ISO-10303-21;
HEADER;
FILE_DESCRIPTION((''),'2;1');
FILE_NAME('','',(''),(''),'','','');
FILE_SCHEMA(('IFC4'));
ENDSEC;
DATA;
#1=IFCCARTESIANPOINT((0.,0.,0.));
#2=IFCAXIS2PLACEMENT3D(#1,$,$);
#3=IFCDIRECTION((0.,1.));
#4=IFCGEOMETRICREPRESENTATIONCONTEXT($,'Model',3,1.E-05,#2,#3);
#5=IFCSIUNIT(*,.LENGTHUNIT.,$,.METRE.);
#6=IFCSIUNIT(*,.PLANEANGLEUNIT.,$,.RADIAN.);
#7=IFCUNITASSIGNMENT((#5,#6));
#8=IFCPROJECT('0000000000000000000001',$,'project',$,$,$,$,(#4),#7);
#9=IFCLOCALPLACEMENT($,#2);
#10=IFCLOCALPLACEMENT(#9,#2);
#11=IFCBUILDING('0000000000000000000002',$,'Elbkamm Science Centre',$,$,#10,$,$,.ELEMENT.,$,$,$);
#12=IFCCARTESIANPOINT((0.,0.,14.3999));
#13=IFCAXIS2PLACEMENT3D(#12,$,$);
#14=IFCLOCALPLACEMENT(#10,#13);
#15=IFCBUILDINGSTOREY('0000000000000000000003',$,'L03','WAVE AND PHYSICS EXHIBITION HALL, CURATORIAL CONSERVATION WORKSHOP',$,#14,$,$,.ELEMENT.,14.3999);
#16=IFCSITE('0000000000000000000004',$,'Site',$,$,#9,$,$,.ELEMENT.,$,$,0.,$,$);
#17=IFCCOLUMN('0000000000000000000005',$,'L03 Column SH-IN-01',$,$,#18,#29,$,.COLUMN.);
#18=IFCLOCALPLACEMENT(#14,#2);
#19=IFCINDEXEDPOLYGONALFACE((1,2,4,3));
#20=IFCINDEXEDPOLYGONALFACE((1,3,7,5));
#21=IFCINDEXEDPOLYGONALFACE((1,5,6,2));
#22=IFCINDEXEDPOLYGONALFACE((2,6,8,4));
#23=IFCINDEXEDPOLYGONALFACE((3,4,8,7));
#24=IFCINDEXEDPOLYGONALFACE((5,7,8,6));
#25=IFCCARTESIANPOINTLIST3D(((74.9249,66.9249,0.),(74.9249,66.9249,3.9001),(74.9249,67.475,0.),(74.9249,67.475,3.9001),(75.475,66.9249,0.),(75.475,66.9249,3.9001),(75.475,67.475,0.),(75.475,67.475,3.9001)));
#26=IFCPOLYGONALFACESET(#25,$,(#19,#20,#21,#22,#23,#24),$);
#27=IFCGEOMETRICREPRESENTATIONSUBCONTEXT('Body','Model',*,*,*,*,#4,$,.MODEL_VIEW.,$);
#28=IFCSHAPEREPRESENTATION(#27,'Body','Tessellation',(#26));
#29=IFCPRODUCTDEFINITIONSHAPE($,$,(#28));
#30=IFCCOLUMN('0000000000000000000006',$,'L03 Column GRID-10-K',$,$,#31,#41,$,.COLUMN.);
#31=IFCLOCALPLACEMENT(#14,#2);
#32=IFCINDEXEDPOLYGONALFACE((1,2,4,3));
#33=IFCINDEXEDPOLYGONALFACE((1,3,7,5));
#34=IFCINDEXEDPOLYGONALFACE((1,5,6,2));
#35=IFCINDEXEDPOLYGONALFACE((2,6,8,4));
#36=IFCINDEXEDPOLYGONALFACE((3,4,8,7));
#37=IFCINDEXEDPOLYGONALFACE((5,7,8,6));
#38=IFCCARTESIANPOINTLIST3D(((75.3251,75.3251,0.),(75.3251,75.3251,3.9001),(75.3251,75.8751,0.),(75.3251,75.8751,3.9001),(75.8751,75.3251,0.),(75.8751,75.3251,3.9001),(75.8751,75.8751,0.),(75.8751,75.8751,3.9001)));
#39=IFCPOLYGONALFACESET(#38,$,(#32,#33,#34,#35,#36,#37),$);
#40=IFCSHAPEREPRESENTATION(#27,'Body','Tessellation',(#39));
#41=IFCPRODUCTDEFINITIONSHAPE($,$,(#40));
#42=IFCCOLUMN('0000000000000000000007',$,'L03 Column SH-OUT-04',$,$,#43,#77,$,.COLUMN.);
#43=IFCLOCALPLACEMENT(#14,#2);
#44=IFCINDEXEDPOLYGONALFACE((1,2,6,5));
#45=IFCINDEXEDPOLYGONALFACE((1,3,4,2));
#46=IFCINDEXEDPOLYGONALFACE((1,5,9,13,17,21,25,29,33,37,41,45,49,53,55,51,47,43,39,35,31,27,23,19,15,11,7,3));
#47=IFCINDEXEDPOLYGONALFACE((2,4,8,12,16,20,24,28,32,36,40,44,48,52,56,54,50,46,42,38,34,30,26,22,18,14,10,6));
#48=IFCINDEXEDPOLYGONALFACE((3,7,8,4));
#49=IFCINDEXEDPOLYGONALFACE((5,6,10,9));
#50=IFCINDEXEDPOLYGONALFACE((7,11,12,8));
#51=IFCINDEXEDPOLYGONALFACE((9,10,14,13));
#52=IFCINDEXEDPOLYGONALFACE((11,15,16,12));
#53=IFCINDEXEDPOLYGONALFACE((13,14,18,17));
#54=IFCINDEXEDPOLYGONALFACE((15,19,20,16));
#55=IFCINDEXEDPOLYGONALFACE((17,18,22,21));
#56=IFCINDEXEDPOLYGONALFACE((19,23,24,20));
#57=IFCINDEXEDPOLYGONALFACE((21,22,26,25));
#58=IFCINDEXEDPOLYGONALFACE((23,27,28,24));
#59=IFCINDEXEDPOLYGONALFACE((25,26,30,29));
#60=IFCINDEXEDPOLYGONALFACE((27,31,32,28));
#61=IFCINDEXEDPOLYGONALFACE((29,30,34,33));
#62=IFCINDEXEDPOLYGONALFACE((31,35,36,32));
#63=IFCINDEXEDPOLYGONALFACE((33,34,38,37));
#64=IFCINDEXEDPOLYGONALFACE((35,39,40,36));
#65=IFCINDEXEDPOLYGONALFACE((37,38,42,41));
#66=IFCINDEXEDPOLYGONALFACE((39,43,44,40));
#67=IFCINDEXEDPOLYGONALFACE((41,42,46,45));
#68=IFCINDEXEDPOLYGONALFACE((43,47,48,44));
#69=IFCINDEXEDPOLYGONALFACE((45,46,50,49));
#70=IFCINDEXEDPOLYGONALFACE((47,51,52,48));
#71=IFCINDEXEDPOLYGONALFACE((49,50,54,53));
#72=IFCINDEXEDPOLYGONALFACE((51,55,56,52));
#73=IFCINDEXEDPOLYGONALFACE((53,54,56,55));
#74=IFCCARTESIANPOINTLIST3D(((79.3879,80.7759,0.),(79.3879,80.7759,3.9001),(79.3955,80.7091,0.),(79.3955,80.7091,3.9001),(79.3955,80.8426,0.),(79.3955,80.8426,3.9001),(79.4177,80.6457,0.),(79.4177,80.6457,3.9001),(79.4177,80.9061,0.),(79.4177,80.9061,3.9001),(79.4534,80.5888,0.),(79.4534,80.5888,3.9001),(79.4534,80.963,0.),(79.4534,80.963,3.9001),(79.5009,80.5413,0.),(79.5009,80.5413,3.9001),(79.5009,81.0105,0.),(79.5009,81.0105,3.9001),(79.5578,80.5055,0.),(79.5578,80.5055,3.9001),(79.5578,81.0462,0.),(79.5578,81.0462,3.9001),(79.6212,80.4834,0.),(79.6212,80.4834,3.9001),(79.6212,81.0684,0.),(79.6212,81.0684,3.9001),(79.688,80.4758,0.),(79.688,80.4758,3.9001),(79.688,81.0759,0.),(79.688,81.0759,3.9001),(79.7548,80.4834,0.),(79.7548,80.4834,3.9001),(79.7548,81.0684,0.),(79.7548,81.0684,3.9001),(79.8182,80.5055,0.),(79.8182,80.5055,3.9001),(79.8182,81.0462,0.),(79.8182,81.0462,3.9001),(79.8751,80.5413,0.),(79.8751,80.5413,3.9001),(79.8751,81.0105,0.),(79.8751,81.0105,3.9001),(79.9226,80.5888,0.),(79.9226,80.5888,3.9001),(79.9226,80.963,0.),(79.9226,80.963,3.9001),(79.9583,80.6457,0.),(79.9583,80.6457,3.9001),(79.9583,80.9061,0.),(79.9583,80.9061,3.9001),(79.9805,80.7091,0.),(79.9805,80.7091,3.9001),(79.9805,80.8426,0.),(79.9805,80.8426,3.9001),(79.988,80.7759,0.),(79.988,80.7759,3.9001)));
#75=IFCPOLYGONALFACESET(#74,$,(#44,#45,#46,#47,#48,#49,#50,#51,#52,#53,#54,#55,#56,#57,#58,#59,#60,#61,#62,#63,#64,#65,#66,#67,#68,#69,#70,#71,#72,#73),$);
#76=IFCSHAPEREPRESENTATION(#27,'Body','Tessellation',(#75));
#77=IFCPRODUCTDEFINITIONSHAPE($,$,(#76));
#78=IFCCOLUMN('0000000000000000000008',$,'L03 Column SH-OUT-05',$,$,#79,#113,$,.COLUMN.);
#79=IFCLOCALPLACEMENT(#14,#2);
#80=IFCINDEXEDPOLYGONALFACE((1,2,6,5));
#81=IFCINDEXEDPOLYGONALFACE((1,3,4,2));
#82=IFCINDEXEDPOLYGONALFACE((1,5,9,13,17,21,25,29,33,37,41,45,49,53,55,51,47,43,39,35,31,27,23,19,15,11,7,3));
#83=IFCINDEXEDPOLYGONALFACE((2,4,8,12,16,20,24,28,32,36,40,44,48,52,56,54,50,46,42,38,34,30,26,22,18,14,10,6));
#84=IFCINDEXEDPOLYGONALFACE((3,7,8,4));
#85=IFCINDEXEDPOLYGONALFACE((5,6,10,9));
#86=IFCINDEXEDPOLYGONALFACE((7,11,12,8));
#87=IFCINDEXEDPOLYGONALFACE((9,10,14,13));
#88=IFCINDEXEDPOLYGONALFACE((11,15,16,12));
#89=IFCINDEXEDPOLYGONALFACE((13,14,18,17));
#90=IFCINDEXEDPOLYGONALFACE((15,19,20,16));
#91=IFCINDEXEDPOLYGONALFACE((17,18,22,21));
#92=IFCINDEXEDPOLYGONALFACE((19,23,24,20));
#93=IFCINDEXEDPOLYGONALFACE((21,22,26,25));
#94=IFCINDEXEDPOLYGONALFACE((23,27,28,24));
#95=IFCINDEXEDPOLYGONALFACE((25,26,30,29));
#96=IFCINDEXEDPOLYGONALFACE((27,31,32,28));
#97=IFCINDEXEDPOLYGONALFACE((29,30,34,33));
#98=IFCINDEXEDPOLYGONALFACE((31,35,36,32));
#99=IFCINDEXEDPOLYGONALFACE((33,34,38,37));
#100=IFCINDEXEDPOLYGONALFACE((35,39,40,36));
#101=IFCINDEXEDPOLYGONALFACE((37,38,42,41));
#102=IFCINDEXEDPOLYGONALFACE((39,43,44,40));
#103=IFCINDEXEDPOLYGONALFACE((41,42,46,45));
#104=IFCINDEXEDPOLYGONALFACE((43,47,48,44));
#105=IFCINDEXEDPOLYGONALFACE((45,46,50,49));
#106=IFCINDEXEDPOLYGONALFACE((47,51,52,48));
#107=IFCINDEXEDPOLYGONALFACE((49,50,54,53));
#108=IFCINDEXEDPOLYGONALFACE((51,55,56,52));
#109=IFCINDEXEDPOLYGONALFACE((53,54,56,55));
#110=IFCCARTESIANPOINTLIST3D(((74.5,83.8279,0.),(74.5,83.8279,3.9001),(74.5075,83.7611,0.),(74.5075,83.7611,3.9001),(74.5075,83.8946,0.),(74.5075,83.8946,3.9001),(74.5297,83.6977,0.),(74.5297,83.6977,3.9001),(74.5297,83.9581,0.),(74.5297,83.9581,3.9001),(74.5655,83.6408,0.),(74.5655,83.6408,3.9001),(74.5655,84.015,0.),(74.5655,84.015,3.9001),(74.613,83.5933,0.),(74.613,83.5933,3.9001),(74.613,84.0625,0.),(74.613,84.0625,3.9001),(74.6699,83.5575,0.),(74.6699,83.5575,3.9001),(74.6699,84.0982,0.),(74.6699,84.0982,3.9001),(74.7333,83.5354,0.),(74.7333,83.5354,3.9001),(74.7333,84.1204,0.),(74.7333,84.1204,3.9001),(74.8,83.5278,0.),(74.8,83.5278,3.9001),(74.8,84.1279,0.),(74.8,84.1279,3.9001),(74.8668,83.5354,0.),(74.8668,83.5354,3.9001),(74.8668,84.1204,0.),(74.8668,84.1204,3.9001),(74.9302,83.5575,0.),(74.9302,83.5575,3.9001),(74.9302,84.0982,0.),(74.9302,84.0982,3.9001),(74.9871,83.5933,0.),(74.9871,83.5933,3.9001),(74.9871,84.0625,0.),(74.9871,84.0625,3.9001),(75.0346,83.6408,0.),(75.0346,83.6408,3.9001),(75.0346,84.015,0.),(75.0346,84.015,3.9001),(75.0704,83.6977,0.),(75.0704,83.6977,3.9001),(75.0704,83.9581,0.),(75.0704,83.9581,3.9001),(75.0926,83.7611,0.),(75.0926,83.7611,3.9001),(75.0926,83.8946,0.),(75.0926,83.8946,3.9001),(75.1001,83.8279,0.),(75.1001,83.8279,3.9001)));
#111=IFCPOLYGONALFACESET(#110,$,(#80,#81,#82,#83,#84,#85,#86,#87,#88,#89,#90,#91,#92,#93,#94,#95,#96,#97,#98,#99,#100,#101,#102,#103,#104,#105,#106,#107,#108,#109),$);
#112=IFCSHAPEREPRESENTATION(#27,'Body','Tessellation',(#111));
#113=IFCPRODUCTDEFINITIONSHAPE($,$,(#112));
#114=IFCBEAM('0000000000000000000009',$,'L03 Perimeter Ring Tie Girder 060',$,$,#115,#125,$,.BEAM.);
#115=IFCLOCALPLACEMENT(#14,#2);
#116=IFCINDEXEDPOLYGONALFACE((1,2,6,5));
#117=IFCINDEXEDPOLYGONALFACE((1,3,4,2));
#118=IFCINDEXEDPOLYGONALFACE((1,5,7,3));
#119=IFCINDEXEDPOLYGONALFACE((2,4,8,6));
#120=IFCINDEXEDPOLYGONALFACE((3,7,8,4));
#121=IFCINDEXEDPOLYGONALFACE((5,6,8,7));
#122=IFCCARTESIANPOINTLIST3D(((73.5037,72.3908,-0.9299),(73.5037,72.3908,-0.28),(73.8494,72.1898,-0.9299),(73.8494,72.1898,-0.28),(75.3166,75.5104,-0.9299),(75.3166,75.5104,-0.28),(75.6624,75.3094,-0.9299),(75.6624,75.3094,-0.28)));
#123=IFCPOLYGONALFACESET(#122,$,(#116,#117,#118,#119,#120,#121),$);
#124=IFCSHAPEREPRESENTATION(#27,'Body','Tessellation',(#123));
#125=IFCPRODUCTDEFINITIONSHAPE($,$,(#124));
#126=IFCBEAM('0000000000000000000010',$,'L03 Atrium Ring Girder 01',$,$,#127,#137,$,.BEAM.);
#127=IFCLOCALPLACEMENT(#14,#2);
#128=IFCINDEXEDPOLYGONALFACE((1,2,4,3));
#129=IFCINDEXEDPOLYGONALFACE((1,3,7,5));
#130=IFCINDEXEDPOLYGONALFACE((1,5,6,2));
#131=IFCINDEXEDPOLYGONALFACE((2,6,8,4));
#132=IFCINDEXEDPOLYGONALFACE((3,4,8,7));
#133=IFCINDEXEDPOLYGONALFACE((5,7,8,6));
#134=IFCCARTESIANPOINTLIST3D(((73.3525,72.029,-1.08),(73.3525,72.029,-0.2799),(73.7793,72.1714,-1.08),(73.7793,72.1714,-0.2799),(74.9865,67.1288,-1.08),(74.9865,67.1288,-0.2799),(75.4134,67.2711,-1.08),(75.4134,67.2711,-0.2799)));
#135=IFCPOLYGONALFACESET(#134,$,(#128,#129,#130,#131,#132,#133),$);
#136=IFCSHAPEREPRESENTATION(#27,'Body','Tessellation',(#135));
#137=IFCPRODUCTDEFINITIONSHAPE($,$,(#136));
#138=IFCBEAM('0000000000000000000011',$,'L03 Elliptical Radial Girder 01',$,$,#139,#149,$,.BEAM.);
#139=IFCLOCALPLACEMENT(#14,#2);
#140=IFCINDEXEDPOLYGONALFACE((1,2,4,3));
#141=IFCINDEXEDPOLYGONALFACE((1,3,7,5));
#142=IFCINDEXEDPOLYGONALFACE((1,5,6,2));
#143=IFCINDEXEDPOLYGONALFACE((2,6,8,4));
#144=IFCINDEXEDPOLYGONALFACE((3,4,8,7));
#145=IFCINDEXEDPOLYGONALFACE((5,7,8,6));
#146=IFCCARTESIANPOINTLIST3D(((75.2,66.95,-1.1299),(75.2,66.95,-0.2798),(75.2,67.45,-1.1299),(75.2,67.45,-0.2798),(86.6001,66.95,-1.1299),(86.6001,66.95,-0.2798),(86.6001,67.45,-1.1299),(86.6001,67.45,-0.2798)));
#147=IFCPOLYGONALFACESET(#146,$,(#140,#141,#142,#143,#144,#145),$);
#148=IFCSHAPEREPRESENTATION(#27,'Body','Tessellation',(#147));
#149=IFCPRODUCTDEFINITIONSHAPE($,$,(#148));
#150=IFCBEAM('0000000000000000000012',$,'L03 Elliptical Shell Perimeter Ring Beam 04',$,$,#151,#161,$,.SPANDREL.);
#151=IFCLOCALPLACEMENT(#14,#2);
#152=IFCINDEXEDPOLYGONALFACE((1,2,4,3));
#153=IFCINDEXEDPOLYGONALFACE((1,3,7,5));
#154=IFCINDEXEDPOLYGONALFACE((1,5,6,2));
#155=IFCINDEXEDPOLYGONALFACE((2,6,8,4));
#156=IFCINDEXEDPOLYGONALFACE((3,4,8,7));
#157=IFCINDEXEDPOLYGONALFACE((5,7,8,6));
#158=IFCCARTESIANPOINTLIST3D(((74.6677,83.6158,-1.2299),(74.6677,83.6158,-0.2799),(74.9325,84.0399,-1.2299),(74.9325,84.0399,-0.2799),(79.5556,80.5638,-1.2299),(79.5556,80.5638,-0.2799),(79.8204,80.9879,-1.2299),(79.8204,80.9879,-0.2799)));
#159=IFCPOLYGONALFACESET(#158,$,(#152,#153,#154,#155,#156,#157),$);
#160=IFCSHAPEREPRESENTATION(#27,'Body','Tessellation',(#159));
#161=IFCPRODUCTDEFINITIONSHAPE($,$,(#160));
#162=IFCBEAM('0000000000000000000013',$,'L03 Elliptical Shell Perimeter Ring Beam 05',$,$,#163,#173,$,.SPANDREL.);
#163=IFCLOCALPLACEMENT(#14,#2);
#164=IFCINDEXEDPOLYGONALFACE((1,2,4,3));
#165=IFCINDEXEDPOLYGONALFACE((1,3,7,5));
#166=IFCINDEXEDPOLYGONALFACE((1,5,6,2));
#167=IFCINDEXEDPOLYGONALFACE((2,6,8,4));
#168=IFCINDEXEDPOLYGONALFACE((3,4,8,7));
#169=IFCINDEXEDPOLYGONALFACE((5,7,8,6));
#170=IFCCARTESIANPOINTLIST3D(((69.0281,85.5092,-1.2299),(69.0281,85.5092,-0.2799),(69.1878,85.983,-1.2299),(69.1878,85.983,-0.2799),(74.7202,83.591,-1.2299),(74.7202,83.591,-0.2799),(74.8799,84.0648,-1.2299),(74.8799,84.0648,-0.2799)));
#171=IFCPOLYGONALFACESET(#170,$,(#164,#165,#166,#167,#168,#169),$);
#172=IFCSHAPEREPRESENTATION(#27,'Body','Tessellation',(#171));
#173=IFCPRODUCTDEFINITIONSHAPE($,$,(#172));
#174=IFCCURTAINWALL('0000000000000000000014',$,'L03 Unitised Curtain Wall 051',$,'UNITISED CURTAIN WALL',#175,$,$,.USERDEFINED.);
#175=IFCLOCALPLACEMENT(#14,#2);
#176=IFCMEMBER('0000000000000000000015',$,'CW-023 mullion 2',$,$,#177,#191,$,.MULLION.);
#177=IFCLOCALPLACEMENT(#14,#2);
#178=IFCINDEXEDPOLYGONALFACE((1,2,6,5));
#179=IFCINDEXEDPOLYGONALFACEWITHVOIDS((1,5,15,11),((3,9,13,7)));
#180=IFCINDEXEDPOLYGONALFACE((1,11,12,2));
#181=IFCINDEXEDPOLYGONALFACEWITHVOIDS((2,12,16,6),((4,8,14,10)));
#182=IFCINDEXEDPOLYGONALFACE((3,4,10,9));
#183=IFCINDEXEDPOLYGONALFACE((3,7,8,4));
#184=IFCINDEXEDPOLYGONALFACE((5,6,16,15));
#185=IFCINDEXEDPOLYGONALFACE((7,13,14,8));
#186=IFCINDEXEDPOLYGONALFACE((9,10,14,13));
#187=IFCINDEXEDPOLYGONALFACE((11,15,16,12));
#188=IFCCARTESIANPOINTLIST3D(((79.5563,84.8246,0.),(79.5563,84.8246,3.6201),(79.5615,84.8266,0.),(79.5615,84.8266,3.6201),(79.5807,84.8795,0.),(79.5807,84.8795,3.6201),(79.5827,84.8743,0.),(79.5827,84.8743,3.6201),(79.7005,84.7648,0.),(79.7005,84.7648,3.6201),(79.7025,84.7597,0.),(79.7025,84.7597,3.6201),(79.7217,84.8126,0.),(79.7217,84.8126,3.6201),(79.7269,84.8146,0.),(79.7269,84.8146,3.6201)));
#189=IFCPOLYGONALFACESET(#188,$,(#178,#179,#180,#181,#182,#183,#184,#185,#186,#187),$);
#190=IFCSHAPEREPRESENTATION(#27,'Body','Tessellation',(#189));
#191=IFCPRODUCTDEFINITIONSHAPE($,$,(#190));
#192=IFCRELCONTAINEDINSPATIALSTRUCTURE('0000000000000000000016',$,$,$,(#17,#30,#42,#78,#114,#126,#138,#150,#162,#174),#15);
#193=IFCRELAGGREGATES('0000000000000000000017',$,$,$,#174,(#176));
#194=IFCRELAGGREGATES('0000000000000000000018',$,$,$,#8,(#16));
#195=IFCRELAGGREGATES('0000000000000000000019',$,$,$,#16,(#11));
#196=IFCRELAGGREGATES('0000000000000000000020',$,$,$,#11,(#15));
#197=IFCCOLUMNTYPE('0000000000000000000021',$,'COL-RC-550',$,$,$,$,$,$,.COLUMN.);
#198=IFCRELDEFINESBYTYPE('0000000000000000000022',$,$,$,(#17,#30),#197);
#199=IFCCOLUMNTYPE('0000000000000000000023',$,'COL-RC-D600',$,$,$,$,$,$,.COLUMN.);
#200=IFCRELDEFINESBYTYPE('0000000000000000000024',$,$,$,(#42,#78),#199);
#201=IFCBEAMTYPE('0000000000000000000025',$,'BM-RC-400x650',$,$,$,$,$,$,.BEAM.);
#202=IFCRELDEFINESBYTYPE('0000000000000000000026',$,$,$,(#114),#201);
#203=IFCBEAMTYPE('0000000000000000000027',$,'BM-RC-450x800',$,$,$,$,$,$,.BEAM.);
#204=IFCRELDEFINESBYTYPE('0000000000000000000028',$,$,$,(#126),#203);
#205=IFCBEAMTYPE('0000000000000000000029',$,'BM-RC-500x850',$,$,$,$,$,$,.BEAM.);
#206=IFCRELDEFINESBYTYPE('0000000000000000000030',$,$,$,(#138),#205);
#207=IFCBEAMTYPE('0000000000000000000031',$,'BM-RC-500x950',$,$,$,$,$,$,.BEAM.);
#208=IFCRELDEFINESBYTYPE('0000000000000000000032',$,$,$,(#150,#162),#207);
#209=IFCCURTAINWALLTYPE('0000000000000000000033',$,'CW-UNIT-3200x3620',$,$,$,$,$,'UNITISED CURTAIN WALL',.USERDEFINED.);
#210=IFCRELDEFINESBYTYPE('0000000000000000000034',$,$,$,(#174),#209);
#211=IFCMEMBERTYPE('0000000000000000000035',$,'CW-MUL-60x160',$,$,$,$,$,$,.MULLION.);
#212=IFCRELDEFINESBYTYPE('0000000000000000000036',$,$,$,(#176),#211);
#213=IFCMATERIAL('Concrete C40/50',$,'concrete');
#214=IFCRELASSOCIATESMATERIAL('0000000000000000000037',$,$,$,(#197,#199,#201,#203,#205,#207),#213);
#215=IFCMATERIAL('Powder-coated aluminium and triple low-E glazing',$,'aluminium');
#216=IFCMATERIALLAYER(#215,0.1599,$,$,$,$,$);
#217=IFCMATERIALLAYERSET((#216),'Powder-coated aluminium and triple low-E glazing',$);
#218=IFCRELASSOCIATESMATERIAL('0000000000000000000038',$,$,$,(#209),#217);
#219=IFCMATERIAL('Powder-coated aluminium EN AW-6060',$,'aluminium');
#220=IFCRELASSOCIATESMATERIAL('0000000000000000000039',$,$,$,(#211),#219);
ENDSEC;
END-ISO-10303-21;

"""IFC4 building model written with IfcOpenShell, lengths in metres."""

from ifc_helpers import new_model, si_unit, direction, frame, origin, origin_2d, place, context, subcontext, project, spatial, rectangle, hollow_rectangle, circle, extrude, material, layer, layer_set, material_profile, profile_set, type_object, element, aggregate, save


model = new_model("IFC4")

# Units and contexts
model_context = context("Model", 3, precision=1e-05, world=origin(), true_north=direction((0.0, 1.0)))
body_context = subcontext(model_context, "Body", "Model", "MODEL_VIEW")
ifc_project = project(units=[si_unit("LENGTHUNIT", "METRE"), si_unit("PLANEANGLEUNIT", "RADIAN")], contexts=[model_context])

# Site, building, storey
site_placement = place(None, origin())
site = spatial("IfcSite", under=ifc_project, at=site_placement, Name="Site", CompositionType="ELEMENT", RefElevation=0.0)
building_placement = place(site_placement, origin())
building = spatial("IfcBuilding", under=site, at=building_placement, Name="Elbkamm Science Centre", CompositionType="ELEMENT")
storey_placement = place(building_placement, frame((0.0, 0.0, 14.3999)))
storey = spatial("IfcBuildingStorey", under=building, at=storey_placement, Name="L03", Description="WAVE AND PHYSICS EXHIBITION HALL, CURATORIAL CONSERVATION WORKSHOP", CompositionType="ELEMENT", Elevation=14.3999)

# Columns
ifc_material_1 = material(Name="Concrete C40/50", Category="concrete")
ifc_material_profile_1 = material_profile(ifc_material_1, rectangle(XDim=0.55, YDim=0.55, at=origin_2d()), Name="RC 550x550")
ifc_profile_set_1 = profile_set([ifc_material_profile_1], Name="Concrete C40/50")
column_type_1 = type_object("IfcColumnType", Name="COL-RC-550", PredefinedType="COLUMN", material=ifc_profile_set_1)
for number, where, z_axis, x_axis, name in (
    (1, (75.2, 67.2, 0.0), (0.0, 0.0, 1.0), (1.0, 0.0, 0.0), "L03 Column SH-IN-01"),
    (2, (75.6001, 75.6001, 0.0), (0.0, 0.0, 1.0), (1.0, 0.0, 0.0), "L03 Column GRID-10-K"),
):
    element("IfcColumn", number, at=place(storey_placement, frame(where, z_axis=z_axis, x_axis=x_axis)), inside=storey, type_object=column_type_1, Name=name, PredefinedType="COLUMN", context=body_context, shape_type="SweptSolid", body=[
        extrude(rectangle(XDim=0.55, YDim=0.55, at=origin_2d()), origin(), (0.0, 0.0, 1.0), 3.9001),
    ])
ifc_material_profile_2 = material_profile(ifc_material_1, circle(Radius=0.3, at=origin_2d()), Name="RC D600")
ifc_profile_set_2 = profile_set([ifc_material_profile_2], Name="Concrete C40/50")
column_type_2 = type_object("IfcColumnType", Name="COL-RC-D600", PredefinedType="COLUMN", material=ifc_profile_set_2)
for number, where, z_axis, x_axis, name in (
    (3, (79.688, 80.7759, 0.0), (0.0, 0.0, 1.0), (1.0, 0.0, 0.0), "L03 Column SH-OUT-04"),
    (4, (74.8, 83.8279, 0.0), (0.0, 0.0, 1.0), (1.0, 0.0, 0.0), "L03 Column SH-OUT-05"),
):
    element("IfcColumn", number, at=place(storey_placement, frame(where, z_axis=z_axis, x_axis=x_axis)), inside=storey, type_object=column_type_2, Name=name, PredefinedType="COLUMN", context=body_context, shape_type="SweptSolid", body=[
        extrude(circle(Radius=0.3, at=origin_2d()), origin(), (0.0, 0.0, 1.0), 3.9001),
    ])

# Beams
ifc_material_profile_3 = material_profile(ifc_material_1, rectangle(XDim=0.3999, YDim=0.6499, at=origin_2d()), Name="RC 400x650")
ifc_profile_set_3 = profile_set([ifc_material_profile_3], Name="Concrete C40/50")
beam_type_1 = type_object("IfcBeamType", Name="BM-RC-400x650", PredefinedType="BEAM", material=ifc_profile_set_3)
beam_1_placement = place(storey_placement, frame((75.4895, 75.4099, -0.605), z_axis=(-0.502465, -0.864597, 0.0), x_axis=(0.864597, -0.502465, 0.0)))
element("IfcBeam", 5, at=beam_1_placement, inside=storey, type_object=beam_type_1, Name="L03 Perimeter Ring Tie Girder 060", PredefinedType="BEAM", context=body_context, shape_type="SweptSolid", body=[
    extrude(rectangle(XDim=0.3999, YDim=0.6499, at=origin_2d()), origin(), (0.0, 0.0, 1.0), 3.6082),
])
ifc_material_profile_4 = material_profile(ifc_material_1, rectangle(XDim=0.45, YDim=0.8, at=origin_2d()), Name="RC 450x800")
ifc_profile_set_4 = profile_set([ifc_material_profile_4], Name="Concrete C40/50")
beam_type_2 = type_object("IfcBeamType", Name="BM-RC-450x800", PredefinedType="BEAM", material=ifc_profile_set_4)
beam_2_placement = place(storey_placement, frame((75.2, 67.2, -0.6799), z_axis=(-0.316341, 0.948645, 0.0), x_axis=(-0.948645, -0.316341, 0.0)))
element("IfcBeam", 6, at=beam_2_placement, inside=storey, type_object=beam_type_2, Name="L03 Atrium Ring Girder 01", PredefinedType="BEAM", context=body_context, shape_type="SweptSolid", body=[
    extrude(rectangle(XDim=0.45, YDim=0.8, at=origin_2d()), origin(), (0.0, 0.0, 1.0), 5.1655),
])
ifc_material_profile_5 = material_profile(ifc_material_1, rectangle(XDim=0.5, YDim=0.8501, at=origin_2d()), Name="RC 500x850")
ifc_profile_set_5 = profile_set([ifc_material_profile_5], Name="Concrete C40/50")
beam_type_3 = type_object("IfcBeamType", Name="BM-RC-500x850", PredefinedType="BEAM", material=ifc_profile_set_5)
beam_3_placement = place(storey_placement, frame((75.2, 67.2, -0.7048), z_axis=(1.0, 0.0, 0.0), x_axis=(0.0, 1.0, 0.0)))
element("IfcBeam", 7, at=beam_3_placement, inside=storey, type_object=beam_type_3, Name="L03 Elliptical Radial Girder 01", PredefinedType="BEAM", context=body_context, shape_type="SweptSolid", body=[
    extrude(rectangle(XDim=0.5, YDim=0.8501, at=origin_2d()), origin(), (0.0, 0.0, 1.0), 11.4001),
])
ifc_material_profile_6 = material_profile(ifc_material_1, rectangle(XDim=0.5, YDim=0.95, at=origin_2d()), Name="RC 500x950")
ifc_profile_set_6 = profile_set([ifc_material_profile_6], Name="Concrete C40/50")
beam_type_4 = type_object("IfcBeamType", Name="BM-RC-500x950", PredefinedType="BEAM", material=ifc_profile_set_6)
beam_4_placement = place(storey_placement, frame((79.688, 80.7759, -0.7549), z_axis=(-0.848229, 0.529629, 0.0), x_axis=(-0.529629, -0.848229, 0.0)))
element("IfcBeam", 8, at=beam_4_placement, inside=storey, type_object=beam_type_4, Name="L03 Elliptical Shell Perimeter Ring Beam 04", PredefinedType="SPANDREL", context=body_context, shape_type="SweptSolid", body=[
    extrude(rectangle(XDim=0.5, YDim=0.95, at=origin_2d()), origin(), (0.0, 0.0, 1.0), 5.7625),
])
beam_5_placement = place(storey_placement, frame((74.8, 83.8279, -0.7549), z_axis=(-0.947638, 0.319348, 0.0), x_axis=(-0.319348, -0.947638, 0.0)))
element("IfcBeam", 9, at=beam_5_placement, inside=storey, type_object=beam_type_4, Name="L03 Elliptical Shell Perimeter Ring Beam 05", PredefinedType="SPANDREL", context=body_context, shape_type="SweptSolid", body=[
    extrude(rectangle(XDim=0.5, YDim=0.95, at=origin_2d()), origin(), (0.0, 0.0, 1.0), 6.0066),
])

# Curtain wall, member
ifc_material_2 = material(Name="Powder-coated aluminium and triple low-E glazing", Category="aluminium")
ifc_layer_1 = layer(ifc_material_2, 0.1599)
ifc_layer_set_1 = layer_set([ifc_layer_1], Name="Powder-coated aluminium and triple low-E glazing")
curtain_wall_type = type_object("IfcCurtainWallType", Name="CW-UNIT-3200x3620", ElementType="UNITISED CURTAIN WALL", PredefinedType="USERDEFINED", material=ifc_layer_set_1)
curtain_wall_1_placement = place(storey_placement, origin())
curtain_wall_1 = element("IfcCurtainWall", 10, at=curtain_wall_1_placement, inside=storey, type_object=curtain_wall_type, Name="L03 Unitised Curtain Wall 051", ObjectType="UNITISED CURTAIN WALL", PredefinedType="USERDEFINED")
ifc_material_3 = material(Name="Powder-coated aluminium EN AW-6060", Category="aluminium")
ifc_material_profile_7 = material_profile(ifc_material_3, hollow_rectangle(XDim=0.0601, YDim=0.1599, WallThickness=0.0039, at=origin_2d()), Name="ALU M60x160")
ifc_profile_set_7 = profile_set([ifc_material_profile_7], Name="Powder-coated aluminium EN AW-6060")
member_type_1 = type_object("IfcMemberType", Name="CW-MUL-60x160", PredefinedType="MULLION", material=ifc_profile_set_7)
member_1_placement = place(storey_placement, frame((79.6416, 84.8196, 0.0), z_axis=(0.0, 0.0, 1.0), x_axis=(-0.405944, -0.913898, 0.0)))
member_1 = element("IfcMember", 11, at=member_1_placement, type_object=member_type_1, Name="CW-023 mullion 2", PredefinedType="MULLION", context=body_context, shape_type="SweptSolid", body=[
    extrude(hollow_rectangle(XDim=0.0601, YDim=0.1599, WallThickness=0.0039, at=origin_2d()), origin(), (0.0, 0.0, 1.0), 3.6201),
])

aggregate(curtain_wall_1, [member_1])

save(model, "model.ifc")
